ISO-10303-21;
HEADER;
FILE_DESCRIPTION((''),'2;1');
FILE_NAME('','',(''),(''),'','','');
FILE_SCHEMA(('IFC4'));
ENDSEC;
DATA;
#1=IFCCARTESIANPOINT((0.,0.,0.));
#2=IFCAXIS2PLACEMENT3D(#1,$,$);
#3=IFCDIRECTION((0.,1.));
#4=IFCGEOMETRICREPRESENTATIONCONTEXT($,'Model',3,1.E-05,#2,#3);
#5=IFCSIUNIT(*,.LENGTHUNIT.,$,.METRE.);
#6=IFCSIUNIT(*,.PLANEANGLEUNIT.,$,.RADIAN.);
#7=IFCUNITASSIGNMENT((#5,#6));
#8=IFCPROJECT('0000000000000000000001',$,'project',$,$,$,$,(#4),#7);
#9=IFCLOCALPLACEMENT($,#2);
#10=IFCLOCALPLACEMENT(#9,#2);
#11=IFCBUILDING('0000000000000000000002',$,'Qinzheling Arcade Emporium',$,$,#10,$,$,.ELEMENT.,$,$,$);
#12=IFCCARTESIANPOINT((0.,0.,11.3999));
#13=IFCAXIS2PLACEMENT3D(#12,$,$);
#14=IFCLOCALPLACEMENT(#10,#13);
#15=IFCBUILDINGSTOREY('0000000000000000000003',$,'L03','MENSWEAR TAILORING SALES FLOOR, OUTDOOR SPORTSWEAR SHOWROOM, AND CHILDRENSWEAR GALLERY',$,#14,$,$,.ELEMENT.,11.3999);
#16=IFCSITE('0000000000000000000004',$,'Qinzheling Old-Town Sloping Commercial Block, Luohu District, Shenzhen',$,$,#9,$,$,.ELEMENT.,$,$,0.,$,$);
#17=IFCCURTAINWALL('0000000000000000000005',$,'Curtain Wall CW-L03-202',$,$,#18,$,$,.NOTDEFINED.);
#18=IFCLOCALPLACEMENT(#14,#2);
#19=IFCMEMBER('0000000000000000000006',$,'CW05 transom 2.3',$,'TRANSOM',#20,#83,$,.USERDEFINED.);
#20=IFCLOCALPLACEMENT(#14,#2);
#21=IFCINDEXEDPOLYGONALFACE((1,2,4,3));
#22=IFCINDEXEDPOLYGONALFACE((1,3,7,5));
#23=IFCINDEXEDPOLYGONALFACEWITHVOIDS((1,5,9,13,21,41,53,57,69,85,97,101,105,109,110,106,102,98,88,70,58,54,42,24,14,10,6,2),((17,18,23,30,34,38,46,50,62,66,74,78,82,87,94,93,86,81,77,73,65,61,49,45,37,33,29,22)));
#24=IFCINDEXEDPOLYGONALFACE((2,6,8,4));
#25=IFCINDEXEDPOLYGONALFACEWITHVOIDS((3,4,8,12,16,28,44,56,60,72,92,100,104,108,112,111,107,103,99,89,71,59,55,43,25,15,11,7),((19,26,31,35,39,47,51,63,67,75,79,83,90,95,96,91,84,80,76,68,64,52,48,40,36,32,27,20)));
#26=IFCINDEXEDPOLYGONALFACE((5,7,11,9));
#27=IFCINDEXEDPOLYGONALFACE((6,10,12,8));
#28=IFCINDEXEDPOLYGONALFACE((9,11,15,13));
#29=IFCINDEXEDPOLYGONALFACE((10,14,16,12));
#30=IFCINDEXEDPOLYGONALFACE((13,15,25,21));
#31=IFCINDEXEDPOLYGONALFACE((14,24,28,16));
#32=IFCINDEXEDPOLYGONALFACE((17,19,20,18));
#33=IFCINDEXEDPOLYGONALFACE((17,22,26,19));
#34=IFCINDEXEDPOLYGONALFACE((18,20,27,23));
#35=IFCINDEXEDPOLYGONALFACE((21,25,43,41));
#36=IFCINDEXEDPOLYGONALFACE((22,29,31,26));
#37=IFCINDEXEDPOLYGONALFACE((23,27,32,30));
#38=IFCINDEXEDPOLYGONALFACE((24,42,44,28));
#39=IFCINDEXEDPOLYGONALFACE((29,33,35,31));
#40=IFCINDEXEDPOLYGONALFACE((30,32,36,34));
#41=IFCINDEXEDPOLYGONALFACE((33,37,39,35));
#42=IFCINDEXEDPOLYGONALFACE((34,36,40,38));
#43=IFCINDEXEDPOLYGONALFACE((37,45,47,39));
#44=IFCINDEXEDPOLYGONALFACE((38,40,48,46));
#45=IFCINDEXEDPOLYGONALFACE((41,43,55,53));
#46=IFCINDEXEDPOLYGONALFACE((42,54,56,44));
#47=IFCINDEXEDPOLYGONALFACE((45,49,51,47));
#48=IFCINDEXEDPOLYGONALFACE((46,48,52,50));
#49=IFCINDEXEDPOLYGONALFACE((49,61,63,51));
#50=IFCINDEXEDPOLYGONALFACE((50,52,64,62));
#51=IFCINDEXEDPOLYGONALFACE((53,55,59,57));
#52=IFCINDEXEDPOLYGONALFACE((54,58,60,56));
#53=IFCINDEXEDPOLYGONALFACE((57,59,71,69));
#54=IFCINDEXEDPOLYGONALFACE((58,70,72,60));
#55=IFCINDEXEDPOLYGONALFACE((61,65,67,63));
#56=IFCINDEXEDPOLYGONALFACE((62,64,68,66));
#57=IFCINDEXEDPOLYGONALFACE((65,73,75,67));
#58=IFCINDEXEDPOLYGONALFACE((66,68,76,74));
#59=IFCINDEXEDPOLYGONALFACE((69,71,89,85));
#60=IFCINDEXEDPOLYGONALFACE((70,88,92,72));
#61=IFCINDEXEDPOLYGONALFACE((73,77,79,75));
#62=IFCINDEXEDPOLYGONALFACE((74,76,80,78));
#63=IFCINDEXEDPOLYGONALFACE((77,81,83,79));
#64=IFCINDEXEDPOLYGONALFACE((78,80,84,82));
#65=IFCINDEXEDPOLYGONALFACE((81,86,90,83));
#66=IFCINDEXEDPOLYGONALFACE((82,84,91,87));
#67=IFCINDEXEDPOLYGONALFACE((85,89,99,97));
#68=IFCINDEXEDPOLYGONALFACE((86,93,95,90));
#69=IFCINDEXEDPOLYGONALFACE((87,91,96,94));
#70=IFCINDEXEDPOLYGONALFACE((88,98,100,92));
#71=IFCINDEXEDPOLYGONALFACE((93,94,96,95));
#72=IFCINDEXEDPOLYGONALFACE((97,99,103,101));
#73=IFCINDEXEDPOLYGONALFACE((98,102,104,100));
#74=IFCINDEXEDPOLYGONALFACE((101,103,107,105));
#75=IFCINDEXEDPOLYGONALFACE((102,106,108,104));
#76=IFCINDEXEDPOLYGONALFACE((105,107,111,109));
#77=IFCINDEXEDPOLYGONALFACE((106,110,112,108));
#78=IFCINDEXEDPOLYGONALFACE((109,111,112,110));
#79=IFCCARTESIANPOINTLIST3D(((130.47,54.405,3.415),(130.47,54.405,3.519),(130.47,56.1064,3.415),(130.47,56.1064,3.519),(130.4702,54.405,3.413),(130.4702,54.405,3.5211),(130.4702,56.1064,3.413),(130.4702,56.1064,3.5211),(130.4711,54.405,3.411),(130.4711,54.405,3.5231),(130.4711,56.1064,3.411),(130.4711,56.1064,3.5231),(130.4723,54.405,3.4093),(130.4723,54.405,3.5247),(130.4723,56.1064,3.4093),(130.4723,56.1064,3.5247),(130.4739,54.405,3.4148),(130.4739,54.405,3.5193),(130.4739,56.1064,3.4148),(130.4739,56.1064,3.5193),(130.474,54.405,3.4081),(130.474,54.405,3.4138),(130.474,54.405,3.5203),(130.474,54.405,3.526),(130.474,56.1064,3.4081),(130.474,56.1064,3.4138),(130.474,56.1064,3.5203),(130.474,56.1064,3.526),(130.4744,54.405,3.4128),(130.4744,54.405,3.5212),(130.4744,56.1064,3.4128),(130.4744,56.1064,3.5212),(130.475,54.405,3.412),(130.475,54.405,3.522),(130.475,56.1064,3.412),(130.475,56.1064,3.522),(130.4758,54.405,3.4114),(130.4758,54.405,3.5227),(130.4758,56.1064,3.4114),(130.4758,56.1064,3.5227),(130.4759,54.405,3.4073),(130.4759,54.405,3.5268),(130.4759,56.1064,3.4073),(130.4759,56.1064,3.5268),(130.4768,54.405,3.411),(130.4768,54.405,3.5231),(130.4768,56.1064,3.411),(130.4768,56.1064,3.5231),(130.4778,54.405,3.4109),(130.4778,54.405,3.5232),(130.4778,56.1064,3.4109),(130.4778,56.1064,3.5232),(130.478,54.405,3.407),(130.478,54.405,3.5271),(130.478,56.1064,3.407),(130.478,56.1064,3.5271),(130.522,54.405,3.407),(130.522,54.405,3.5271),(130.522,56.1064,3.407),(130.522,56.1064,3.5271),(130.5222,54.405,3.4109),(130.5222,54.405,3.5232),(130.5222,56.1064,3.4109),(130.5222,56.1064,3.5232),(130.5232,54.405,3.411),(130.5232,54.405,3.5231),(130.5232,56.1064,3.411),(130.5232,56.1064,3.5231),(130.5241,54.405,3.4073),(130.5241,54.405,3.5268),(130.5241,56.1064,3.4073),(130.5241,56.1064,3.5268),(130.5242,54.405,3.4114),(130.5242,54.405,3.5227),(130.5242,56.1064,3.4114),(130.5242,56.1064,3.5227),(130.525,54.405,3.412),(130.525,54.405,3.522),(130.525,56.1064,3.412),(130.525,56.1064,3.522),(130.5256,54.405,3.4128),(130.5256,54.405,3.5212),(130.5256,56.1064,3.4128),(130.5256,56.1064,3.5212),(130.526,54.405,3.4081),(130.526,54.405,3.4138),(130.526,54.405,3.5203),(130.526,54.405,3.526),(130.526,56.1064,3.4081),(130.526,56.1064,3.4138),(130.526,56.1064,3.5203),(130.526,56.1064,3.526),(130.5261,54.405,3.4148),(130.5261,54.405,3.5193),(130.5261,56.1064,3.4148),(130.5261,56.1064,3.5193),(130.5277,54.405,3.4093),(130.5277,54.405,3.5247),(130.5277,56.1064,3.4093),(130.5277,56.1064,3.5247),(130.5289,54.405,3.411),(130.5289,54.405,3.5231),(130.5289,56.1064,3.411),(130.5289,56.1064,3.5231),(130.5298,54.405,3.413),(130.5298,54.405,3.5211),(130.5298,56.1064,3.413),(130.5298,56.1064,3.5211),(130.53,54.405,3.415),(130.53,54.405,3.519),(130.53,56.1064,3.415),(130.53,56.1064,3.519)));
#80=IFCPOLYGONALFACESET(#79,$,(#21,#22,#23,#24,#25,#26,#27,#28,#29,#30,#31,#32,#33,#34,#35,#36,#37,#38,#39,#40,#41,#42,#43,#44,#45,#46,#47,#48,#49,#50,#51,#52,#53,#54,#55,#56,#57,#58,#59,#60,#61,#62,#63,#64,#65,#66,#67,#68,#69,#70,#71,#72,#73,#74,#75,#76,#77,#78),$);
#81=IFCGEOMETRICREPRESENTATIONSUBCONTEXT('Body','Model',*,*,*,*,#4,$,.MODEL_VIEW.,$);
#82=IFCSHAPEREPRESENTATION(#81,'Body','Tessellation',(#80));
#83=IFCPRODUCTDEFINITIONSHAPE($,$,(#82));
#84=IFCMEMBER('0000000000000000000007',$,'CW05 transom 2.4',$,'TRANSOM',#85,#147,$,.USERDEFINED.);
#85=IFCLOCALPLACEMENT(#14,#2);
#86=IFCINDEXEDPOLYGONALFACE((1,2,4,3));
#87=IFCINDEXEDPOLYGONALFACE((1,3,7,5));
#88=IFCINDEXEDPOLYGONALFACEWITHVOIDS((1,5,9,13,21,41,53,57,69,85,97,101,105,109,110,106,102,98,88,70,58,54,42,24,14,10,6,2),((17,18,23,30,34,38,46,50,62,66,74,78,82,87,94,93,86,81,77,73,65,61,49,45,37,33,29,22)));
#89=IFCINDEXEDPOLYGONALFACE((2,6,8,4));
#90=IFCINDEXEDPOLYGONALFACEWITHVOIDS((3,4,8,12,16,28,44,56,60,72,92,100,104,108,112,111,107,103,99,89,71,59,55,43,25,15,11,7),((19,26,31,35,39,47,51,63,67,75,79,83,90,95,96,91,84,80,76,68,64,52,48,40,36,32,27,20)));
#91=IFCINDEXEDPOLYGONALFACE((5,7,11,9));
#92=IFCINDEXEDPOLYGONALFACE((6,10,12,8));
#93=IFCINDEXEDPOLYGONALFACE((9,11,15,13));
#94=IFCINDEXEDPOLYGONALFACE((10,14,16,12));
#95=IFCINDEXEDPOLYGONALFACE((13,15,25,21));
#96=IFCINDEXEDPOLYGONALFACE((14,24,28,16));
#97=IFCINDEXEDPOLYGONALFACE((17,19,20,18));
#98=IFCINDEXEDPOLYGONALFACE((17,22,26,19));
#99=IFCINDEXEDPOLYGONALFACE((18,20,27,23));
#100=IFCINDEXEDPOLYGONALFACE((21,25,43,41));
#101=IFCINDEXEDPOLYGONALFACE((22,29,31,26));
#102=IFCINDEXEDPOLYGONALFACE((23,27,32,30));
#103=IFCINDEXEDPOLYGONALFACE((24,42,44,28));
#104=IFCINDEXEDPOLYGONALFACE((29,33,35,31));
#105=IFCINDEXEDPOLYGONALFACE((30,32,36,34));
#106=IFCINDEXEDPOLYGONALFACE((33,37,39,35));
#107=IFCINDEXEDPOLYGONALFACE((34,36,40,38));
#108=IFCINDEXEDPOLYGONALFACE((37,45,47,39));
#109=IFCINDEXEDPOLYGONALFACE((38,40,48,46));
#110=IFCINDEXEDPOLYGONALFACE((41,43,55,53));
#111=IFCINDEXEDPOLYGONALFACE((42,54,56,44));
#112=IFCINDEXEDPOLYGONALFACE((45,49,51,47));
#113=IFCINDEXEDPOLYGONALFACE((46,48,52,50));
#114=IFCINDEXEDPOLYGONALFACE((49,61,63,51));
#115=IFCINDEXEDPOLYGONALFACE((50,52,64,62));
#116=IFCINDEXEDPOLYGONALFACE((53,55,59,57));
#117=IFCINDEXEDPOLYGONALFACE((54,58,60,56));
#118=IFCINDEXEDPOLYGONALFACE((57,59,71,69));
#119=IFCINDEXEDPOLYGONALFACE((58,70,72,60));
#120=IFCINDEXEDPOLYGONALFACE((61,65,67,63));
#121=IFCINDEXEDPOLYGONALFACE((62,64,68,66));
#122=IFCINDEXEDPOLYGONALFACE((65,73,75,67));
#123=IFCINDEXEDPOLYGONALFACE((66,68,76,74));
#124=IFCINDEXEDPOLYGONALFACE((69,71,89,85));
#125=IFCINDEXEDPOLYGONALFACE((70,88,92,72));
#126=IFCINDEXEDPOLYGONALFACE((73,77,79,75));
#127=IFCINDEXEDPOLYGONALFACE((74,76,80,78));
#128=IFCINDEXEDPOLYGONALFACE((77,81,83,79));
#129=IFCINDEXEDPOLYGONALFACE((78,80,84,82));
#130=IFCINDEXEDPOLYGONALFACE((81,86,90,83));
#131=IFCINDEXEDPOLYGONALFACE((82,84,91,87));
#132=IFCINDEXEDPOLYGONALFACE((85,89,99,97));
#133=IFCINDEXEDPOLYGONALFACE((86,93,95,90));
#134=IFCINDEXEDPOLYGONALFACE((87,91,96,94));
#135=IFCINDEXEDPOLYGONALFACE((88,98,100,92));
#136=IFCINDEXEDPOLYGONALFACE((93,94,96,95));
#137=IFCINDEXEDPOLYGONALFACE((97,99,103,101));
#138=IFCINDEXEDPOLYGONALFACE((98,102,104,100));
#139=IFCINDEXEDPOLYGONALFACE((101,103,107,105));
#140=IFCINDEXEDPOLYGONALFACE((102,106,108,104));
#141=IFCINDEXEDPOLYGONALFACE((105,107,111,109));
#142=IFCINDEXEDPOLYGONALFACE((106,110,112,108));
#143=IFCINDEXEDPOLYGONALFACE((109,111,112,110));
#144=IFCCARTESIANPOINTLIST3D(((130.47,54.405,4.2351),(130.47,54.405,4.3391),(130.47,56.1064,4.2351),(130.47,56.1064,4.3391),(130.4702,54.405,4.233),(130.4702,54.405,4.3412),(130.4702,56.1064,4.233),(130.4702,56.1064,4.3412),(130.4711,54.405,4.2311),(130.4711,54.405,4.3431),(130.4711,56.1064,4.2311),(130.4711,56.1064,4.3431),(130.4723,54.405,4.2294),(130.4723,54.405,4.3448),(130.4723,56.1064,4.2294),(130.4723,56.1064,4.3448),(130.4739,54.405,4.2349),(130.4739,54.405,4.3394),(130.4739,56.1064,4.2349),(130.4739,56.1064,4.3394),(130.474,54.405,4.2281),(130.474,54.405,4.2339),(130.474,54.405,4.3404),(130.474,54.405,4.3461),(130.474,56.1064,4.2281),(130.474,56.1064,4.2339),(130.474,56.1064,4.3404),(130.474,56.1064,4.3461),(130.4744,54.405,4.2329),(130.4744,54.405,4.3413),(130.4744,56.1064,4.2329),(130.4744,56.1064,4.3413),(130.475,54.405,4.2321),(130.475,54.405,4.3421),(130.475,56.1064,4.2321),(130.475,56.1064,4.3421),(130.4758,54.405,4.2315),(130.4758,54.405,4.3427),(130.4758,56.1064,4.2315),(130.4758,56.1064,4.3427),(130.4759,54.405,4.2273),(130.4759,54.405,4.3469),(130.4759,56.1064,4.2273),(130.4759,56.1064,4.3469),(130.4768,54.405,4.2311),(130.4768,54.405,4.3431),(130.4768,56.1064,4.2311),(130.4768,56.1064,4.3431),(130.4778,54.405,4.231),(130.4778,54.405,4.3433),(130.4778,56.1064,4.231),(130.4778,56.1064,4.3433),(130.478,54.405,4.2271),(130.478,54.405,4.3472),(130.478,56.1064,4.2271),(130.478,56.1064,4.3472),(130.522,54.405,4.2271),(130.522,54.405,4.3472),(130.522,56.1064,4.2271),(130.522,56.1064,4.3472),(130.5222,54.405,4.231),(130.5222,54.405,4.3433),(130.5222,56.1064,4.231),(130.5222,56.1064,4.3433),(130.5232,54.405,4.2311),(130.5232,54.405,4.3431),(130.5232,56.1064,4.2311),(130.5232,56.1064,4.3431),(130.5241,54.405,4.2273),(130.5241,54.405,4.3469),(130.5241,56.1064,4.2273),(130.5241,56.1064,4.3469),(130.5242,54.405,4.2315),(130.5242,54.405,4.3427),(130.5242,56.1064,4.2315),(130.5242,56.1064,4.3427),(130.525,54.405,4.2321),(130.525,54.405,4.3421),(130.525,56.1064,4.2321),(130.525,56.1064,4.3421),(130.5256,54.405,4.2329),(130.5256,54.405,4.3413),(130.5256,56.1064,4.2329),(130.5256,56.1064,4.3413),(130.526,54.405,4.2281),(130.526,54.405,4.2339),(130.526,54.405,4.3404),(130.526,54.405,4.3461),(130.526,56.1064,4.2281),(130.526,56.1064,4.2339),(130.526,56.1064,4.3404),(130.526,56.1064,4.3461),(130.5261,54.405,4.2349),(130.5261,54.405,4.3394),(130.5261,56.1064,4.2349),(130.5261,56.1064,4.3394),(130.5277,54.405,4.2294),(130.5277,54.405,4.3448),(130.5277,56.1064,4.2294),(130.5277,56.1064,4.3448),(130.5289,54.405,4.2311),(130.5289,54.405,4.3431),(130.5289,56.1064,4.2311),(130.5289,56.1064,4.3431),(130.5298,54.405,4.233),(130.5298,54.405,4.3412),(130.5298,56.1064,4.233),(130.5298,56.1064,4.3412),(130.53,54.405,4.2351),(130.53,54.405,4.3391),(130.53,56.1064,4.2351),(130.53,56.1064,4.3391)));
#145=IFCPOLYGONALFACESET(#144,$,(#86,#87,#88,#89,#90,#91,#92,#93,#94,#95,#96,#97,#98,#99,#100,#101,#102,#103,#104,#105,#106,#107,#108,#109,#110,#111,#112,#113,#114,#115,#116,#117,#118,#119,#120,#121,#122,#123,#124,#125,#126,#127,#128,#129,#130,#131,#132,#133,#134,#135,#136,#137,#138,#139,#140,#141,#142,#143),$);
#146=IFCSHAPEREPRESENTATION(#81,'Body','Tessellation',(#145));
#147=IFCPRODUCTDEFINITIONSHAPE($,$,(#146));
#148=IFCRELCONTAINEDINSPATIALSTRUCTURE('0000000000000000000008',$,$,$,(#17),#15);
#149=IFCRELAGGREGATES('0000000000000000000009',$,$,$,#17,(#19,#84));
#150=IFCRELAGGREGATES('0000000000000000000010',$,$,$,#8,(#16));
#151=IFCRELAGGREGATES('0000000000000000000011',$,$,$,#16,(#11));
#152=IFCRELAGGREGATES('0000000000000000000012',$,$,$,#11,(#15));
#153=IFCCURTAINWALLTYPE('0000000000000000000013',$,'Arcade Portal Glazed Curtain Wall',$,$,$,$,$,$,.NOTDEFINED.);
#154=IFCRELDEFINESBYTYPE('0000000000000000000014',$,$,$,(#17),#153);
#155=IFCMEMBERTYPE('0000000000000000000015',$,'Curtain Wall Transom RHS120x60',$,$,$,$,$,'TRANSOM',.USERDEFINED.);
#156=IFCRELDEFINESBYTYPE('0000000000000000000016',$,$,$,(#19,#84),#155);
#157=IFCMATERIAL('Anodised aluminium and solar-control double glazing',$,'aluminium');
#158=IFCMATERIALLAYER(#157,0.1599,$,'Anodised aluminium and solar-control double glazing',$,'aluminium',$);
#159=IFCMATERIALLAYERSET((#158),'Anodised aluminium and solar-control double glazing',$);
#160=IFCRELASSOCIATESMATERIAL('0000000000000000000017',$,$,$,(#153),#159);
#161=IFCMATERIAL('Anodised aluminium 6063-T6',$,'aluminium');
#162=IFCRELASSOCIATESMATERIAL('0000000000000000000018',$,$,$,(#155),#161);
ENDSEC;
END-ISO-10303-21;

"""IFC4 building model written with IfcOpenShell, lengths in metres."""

from ifc_helpers import new_model, si_unit, direction, frame, origin, origin_2d, place, context, subcontext, project, spatial, hollow_rectangle, extrude, material, layer, layer_set, material_profile, profile_set, type_object, element, aggregate, save


model = new_model("IFC4")

# Units and contexts
model_context = context("Model", 3, precision=1e-05, world=origin(), true_north=direction((0.0, 1.0)))
body_context = subcontext(model_context, "Body", "Model", "MODEL_VIEW")
ifc_project = project(units=[si_unit("LENGTHUNIT", "METRE"), si_unit("PLANEANGLEUNIT", "RADIAN")], contexts=[model_context])

# Site, building, storey
site_placement = place(None, origin())
site = spatial("IfcSite", under=ifc_project, at=site_placement, Name="Qinzheling Old-Town Sloping Commercial Block, Luohu District, Shenzhen", CompositionType="ELEMENT", RefElevation=0.0)
building_placement = place(site_placement, origin())
building = spatial("IfcBuilding", under=site, at=building_placement, Name="Qinzheling Arcade Emporium", CompositionType="ELEMENT")
storey_placement = place(building_placement, frame((0.0, 0.0, 11.3999)))
storey = spatial("IfcBuildingStorey", under=building, at=storey_placement, Name="L03", Description="MENSWEAR TAILORING SALES FLOOR, OUTDOOR SPORTSWEAR SHOWROOM, AND CHILDRENSWEAR GALLERY", CompositionType="ELEMENT", Elevation=11.3999)

# Shared definitions
ifc_material_1 = material(Name="Anodised aluminium and solar-control double glazing", Category="aluminium")
ifc_layer_1 = layer(ifc_material_1, 0.1599, Name="Anodised aluminium and solar-control double glazing", Category="aluminium")
ifc_layer_set_1 = layer_set([ifc_layer_1], Name="Anodised aluminium and solar-control double glazing")
curtain_wall_type = type_object("IfcCurtainWallType", Name="Arcade Portal Glazed Curtain Wall", PredefinedType="NOTDEFINED", material=ifc_layer_set_1)
ifc_material_2 = material(Name="Anodised aluminium 6063-T6", Category="aluminium")

# Curtain wall
curtain_wall_1_placement = place(storey_placement, origin())
curtain_wall_1 = element("IfcCurtainWall", 1, at=curtain_wall_1_placement, inside=storey, type_object=curtain_wall_type, Name="Curtain Wall CW-L03-202", PredefinedType="NOTDEFINED")

# Members
ifc_material_profile_1 = material_profile(ifc_material_2, hollow_rectangle(XDim=0.0601, YDim=0.1201, WallThickness=0.0039, InnerFilletRadius=0.0039, OuterFilletRadius=0.0081, at=origin_2d()), Name="RHS 120x60x4", Category="aluminium")
ifc_profile_set_1 = profile_set([ifc_material_profile_1], Name="Anodised aluminium 6063-T6")
member_type_1 = type_object("IfcMemberType", Name="Curtain Wall Transom RHS120x60", ElementType="TRANSOM", PredefinedType="USERDEFINED", material=ifc_profile_set_1)
member_1_placement = place(storey_placement, frame((130.5, 56.1064, 3.467), z_axis=(0.0, -1.0, 0.0), x_axis=(1.0, 0.0, 0.0)))
member_1 = element("IfcMember", 2, at=member_1_placement, type_object=member_type_1, Name="CW05 transom 2.3", ObjectType="TRANSOM", PredefinedType="USERDEFINED", context=body_context, shape_type="SweptSolid", body=[
    extrude(hollow_rectangle(XDim=0.0601, YDim=0.1201, WallThickness=0.0039, InnerFilletRadius=0.0039, OuterFilletRadius=0.0081, at=origin_2d()), origin(), (0.0, 0.0, 1.0), 1.7014),
])
member_2_placement = place(storey_placement, frame((130.5, 56.1064, 4.2871), z_axis=(0.0, -1.0, 0.0), x_axis=(1.0, 0.0, 0.0)))
member_2 = element("IfcMember", 3, at=member_2_placement, type_object=member_type_1, Name="CW05 transom 2.4", ObjectType="TRANSOM", PredefinedType="USERDEFINED", context=body_context, shape_type="SweptSolid", body=[
    extrude(hollow_rectangle(XDim=0.0601, YDim=0.1201, WallThickness=0.0039, InnerFilletRadius=0.0039, OuterFilletRadius=0.0081, at=origin_2d()), origin(), (0.0, 0.0, 1.0), 1.7014),
])

aggregate(curtain_wall_1, [member_1, member_2])

save(model, "model.ifc")
